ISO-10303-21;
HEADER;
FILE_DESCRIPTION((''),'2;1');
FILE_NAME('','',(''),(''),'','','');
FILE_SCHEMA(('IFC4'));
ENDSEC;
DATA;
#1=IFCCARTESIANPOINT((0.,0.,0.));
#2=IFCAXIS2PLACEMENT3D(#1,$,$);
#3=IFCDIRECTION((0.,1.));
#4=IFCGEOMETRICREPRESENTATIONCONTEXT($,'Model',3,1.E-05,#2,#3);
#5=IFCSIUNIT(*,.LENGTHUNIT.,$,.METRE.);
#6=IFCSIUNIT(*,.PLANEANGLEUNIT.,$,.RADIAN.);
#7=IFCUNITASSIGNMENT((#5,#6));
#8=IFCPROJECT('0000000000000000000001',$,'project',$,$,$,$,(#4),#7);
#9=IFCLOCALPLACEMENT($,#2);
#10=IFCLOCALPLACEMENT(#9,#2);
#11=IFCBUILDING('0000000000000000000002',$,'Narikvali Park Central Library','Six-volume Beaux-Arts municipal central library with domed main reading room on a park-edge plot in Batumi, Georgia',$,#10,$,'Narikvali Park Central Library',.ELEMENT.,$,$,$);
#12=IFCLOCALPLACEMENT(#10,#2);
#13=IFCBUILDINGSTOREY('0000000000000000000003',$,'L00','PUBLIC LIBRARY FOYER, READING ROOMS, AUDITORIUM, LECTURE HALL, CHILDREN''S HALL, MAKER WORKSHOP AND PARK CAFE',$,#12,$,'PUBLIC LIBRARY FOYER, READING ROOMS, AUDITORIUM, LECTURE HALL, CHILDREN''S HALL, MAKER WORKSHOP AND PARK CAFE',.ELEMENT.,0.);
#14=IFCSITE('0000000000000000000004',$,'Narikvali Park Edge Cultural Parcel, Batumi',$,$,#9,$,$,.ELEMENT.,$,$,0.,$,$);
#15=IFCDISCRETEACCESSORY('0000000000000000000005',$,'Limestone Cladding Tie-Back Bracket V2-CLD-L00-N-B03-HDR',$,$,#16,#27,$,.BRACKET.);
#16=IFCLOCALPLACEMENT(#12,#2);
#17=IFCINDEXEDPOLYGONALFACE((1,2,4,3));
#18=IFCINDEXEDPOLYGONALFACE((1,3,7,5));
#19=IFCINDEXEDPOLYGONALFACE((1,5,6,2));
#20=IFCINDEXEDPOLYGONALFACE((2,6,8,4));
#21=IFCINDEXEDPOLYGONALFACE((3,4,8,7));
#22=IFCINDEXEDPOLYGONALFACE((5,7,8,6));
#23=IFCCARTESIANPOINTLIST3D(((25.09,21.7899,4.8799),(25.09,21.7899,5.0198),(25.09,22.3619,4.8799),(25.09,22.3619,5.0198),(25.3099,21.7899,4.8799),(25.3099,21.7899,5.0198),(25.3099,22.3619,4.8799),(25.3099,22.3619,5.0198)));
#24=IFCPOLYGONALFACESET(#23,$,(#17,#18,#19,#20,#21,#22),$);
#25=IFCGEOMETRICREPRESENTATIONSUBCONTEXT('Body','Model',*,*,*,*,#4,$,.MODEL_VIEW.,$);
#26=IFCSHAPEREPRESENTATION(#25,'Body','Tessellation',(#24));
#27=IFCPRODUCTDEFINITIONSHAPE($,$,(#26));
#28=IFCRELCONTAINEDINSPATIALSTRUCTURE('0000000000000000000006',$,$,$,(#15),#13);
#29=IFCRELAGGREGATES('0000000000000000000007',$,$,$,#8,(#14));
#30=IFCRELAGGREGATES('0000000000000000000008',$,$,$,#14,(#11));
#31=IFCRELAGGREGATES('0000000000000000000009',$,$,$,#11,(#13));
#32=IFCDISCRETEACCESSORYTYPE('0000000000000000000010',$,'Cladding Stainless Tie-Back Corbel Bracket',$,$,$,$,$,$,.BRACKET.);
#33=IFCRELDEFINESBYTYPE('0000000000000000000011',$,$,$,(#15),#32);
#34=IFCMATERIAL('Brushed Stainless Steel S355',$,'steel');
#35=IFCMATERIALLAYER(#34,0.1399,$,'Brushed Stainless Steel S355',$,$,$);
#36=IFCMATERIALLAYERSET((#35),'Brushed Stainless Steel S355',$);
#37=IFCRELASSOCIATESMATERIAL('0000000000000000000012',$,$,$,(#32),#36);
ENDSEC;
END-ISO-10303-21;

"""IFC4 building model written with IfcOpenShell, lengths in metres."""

from ifc_helpers import new_model, si_unit, direction, frame, origin, origin_2d, place, context, subcontext, project, spatial, rectangle, extrude, material, layer, layer_set, type_object, element, save


model = new_model("IFC4")

# Units and contexts
model_context = context("Model", 3, precision=1e-05, world=origin(), true_north=direction((0.0, 1.0)))
body_context = subcontext(model_context, "Body", "Model", "MODEL_VIEW")
ifc_project = project(units=[si_unit("LENGTHUNIT", "METRE"), si_unit("PLANEANGLEUNIT", "RADIAN")], contexts=[model_context])

# Site, building, storey
site_placement = place(None, origin())
site = spatial("IfcSite", under=ifc_project, at=site_placement, Name="Narikvali Park Edge Cultural Parcel, Batumi", CompositionType="ELEMENT", RefElevation=0.0)
building_placement = place(site_placement, origin())
building = spatial("IfcBuilding", under=site, at=building_placement, Name="Narikvali Park Central Library", Description="Six-volume Beaux-Arts municipal central library with domed main reading room on a park-edge plot in Batumi, Georgia", LongName="Narikvali Park Central Library", CompositionType="ELEMENT")
storey_placement = place(building_placement, origin())
storey = spatial("IfcBuildingStorey", under=building, at=storey_placement, Name="L00", Description="PUBLIC LIBRARY FOYER, READING ROOMS, AUDITORIUM, LECTURE HALL, CHILDREN'S HALL, MAKER WORKSHOP AND PARK CAFE", LongName="PUBLIC LIBRARY FOYER, READING ROOMS, AUDITORIUM, LECTURE HALL, CHILDREN'S HALL, MAKER WORKSHOP AND PARK CAFE", CompositionType="ELEMENT", Elevation=0.0)

# Discrete accessory
ifc_material_1 = material(Name="Brushed Stainless Steel S355", Category="steel")
ifc_layer_1 = layer(ifc_material_1, 0.1399, Name="Brushed Stainless Steel S355")
ifc_layer_set_1 = layer_set([ifc_layer_1], Name="Brushed Stainless Steel S355")
discrete_accessory_type = type_object("IfcDiscreteAccessoryType", Name="Cladding Stainless Tie-Back Corbel Bracket", PredefinedType="BRACKET", material=ifc_layer_set_1)
discrete_accessory_1_placement = place(storey_placement, frame((25.2, 22.0759, 4.8799), z_axis=(0.0, 0.0, 1.0), x_axis=(1.0, 0.0, 0.0)))
element("IfcDiscreteAccessory", 1, at=discrete_accessory_1_placement, inside=storey, type_object=discrete_accessory_type, Name="Limestone Cladding Tie-Back Bracket V2-CLD-L00-N-B03-HDR", PredefinedType="BRACKET", context=body_context, shape_type="SweptSolid", body=[
    extrude(rectangle(XDim=0.22, YDim=0.572, at=origin_2d()), origin(), (0.0, 0.0, 1.0), 0.1399),
])

save(model, "model.ifc")
